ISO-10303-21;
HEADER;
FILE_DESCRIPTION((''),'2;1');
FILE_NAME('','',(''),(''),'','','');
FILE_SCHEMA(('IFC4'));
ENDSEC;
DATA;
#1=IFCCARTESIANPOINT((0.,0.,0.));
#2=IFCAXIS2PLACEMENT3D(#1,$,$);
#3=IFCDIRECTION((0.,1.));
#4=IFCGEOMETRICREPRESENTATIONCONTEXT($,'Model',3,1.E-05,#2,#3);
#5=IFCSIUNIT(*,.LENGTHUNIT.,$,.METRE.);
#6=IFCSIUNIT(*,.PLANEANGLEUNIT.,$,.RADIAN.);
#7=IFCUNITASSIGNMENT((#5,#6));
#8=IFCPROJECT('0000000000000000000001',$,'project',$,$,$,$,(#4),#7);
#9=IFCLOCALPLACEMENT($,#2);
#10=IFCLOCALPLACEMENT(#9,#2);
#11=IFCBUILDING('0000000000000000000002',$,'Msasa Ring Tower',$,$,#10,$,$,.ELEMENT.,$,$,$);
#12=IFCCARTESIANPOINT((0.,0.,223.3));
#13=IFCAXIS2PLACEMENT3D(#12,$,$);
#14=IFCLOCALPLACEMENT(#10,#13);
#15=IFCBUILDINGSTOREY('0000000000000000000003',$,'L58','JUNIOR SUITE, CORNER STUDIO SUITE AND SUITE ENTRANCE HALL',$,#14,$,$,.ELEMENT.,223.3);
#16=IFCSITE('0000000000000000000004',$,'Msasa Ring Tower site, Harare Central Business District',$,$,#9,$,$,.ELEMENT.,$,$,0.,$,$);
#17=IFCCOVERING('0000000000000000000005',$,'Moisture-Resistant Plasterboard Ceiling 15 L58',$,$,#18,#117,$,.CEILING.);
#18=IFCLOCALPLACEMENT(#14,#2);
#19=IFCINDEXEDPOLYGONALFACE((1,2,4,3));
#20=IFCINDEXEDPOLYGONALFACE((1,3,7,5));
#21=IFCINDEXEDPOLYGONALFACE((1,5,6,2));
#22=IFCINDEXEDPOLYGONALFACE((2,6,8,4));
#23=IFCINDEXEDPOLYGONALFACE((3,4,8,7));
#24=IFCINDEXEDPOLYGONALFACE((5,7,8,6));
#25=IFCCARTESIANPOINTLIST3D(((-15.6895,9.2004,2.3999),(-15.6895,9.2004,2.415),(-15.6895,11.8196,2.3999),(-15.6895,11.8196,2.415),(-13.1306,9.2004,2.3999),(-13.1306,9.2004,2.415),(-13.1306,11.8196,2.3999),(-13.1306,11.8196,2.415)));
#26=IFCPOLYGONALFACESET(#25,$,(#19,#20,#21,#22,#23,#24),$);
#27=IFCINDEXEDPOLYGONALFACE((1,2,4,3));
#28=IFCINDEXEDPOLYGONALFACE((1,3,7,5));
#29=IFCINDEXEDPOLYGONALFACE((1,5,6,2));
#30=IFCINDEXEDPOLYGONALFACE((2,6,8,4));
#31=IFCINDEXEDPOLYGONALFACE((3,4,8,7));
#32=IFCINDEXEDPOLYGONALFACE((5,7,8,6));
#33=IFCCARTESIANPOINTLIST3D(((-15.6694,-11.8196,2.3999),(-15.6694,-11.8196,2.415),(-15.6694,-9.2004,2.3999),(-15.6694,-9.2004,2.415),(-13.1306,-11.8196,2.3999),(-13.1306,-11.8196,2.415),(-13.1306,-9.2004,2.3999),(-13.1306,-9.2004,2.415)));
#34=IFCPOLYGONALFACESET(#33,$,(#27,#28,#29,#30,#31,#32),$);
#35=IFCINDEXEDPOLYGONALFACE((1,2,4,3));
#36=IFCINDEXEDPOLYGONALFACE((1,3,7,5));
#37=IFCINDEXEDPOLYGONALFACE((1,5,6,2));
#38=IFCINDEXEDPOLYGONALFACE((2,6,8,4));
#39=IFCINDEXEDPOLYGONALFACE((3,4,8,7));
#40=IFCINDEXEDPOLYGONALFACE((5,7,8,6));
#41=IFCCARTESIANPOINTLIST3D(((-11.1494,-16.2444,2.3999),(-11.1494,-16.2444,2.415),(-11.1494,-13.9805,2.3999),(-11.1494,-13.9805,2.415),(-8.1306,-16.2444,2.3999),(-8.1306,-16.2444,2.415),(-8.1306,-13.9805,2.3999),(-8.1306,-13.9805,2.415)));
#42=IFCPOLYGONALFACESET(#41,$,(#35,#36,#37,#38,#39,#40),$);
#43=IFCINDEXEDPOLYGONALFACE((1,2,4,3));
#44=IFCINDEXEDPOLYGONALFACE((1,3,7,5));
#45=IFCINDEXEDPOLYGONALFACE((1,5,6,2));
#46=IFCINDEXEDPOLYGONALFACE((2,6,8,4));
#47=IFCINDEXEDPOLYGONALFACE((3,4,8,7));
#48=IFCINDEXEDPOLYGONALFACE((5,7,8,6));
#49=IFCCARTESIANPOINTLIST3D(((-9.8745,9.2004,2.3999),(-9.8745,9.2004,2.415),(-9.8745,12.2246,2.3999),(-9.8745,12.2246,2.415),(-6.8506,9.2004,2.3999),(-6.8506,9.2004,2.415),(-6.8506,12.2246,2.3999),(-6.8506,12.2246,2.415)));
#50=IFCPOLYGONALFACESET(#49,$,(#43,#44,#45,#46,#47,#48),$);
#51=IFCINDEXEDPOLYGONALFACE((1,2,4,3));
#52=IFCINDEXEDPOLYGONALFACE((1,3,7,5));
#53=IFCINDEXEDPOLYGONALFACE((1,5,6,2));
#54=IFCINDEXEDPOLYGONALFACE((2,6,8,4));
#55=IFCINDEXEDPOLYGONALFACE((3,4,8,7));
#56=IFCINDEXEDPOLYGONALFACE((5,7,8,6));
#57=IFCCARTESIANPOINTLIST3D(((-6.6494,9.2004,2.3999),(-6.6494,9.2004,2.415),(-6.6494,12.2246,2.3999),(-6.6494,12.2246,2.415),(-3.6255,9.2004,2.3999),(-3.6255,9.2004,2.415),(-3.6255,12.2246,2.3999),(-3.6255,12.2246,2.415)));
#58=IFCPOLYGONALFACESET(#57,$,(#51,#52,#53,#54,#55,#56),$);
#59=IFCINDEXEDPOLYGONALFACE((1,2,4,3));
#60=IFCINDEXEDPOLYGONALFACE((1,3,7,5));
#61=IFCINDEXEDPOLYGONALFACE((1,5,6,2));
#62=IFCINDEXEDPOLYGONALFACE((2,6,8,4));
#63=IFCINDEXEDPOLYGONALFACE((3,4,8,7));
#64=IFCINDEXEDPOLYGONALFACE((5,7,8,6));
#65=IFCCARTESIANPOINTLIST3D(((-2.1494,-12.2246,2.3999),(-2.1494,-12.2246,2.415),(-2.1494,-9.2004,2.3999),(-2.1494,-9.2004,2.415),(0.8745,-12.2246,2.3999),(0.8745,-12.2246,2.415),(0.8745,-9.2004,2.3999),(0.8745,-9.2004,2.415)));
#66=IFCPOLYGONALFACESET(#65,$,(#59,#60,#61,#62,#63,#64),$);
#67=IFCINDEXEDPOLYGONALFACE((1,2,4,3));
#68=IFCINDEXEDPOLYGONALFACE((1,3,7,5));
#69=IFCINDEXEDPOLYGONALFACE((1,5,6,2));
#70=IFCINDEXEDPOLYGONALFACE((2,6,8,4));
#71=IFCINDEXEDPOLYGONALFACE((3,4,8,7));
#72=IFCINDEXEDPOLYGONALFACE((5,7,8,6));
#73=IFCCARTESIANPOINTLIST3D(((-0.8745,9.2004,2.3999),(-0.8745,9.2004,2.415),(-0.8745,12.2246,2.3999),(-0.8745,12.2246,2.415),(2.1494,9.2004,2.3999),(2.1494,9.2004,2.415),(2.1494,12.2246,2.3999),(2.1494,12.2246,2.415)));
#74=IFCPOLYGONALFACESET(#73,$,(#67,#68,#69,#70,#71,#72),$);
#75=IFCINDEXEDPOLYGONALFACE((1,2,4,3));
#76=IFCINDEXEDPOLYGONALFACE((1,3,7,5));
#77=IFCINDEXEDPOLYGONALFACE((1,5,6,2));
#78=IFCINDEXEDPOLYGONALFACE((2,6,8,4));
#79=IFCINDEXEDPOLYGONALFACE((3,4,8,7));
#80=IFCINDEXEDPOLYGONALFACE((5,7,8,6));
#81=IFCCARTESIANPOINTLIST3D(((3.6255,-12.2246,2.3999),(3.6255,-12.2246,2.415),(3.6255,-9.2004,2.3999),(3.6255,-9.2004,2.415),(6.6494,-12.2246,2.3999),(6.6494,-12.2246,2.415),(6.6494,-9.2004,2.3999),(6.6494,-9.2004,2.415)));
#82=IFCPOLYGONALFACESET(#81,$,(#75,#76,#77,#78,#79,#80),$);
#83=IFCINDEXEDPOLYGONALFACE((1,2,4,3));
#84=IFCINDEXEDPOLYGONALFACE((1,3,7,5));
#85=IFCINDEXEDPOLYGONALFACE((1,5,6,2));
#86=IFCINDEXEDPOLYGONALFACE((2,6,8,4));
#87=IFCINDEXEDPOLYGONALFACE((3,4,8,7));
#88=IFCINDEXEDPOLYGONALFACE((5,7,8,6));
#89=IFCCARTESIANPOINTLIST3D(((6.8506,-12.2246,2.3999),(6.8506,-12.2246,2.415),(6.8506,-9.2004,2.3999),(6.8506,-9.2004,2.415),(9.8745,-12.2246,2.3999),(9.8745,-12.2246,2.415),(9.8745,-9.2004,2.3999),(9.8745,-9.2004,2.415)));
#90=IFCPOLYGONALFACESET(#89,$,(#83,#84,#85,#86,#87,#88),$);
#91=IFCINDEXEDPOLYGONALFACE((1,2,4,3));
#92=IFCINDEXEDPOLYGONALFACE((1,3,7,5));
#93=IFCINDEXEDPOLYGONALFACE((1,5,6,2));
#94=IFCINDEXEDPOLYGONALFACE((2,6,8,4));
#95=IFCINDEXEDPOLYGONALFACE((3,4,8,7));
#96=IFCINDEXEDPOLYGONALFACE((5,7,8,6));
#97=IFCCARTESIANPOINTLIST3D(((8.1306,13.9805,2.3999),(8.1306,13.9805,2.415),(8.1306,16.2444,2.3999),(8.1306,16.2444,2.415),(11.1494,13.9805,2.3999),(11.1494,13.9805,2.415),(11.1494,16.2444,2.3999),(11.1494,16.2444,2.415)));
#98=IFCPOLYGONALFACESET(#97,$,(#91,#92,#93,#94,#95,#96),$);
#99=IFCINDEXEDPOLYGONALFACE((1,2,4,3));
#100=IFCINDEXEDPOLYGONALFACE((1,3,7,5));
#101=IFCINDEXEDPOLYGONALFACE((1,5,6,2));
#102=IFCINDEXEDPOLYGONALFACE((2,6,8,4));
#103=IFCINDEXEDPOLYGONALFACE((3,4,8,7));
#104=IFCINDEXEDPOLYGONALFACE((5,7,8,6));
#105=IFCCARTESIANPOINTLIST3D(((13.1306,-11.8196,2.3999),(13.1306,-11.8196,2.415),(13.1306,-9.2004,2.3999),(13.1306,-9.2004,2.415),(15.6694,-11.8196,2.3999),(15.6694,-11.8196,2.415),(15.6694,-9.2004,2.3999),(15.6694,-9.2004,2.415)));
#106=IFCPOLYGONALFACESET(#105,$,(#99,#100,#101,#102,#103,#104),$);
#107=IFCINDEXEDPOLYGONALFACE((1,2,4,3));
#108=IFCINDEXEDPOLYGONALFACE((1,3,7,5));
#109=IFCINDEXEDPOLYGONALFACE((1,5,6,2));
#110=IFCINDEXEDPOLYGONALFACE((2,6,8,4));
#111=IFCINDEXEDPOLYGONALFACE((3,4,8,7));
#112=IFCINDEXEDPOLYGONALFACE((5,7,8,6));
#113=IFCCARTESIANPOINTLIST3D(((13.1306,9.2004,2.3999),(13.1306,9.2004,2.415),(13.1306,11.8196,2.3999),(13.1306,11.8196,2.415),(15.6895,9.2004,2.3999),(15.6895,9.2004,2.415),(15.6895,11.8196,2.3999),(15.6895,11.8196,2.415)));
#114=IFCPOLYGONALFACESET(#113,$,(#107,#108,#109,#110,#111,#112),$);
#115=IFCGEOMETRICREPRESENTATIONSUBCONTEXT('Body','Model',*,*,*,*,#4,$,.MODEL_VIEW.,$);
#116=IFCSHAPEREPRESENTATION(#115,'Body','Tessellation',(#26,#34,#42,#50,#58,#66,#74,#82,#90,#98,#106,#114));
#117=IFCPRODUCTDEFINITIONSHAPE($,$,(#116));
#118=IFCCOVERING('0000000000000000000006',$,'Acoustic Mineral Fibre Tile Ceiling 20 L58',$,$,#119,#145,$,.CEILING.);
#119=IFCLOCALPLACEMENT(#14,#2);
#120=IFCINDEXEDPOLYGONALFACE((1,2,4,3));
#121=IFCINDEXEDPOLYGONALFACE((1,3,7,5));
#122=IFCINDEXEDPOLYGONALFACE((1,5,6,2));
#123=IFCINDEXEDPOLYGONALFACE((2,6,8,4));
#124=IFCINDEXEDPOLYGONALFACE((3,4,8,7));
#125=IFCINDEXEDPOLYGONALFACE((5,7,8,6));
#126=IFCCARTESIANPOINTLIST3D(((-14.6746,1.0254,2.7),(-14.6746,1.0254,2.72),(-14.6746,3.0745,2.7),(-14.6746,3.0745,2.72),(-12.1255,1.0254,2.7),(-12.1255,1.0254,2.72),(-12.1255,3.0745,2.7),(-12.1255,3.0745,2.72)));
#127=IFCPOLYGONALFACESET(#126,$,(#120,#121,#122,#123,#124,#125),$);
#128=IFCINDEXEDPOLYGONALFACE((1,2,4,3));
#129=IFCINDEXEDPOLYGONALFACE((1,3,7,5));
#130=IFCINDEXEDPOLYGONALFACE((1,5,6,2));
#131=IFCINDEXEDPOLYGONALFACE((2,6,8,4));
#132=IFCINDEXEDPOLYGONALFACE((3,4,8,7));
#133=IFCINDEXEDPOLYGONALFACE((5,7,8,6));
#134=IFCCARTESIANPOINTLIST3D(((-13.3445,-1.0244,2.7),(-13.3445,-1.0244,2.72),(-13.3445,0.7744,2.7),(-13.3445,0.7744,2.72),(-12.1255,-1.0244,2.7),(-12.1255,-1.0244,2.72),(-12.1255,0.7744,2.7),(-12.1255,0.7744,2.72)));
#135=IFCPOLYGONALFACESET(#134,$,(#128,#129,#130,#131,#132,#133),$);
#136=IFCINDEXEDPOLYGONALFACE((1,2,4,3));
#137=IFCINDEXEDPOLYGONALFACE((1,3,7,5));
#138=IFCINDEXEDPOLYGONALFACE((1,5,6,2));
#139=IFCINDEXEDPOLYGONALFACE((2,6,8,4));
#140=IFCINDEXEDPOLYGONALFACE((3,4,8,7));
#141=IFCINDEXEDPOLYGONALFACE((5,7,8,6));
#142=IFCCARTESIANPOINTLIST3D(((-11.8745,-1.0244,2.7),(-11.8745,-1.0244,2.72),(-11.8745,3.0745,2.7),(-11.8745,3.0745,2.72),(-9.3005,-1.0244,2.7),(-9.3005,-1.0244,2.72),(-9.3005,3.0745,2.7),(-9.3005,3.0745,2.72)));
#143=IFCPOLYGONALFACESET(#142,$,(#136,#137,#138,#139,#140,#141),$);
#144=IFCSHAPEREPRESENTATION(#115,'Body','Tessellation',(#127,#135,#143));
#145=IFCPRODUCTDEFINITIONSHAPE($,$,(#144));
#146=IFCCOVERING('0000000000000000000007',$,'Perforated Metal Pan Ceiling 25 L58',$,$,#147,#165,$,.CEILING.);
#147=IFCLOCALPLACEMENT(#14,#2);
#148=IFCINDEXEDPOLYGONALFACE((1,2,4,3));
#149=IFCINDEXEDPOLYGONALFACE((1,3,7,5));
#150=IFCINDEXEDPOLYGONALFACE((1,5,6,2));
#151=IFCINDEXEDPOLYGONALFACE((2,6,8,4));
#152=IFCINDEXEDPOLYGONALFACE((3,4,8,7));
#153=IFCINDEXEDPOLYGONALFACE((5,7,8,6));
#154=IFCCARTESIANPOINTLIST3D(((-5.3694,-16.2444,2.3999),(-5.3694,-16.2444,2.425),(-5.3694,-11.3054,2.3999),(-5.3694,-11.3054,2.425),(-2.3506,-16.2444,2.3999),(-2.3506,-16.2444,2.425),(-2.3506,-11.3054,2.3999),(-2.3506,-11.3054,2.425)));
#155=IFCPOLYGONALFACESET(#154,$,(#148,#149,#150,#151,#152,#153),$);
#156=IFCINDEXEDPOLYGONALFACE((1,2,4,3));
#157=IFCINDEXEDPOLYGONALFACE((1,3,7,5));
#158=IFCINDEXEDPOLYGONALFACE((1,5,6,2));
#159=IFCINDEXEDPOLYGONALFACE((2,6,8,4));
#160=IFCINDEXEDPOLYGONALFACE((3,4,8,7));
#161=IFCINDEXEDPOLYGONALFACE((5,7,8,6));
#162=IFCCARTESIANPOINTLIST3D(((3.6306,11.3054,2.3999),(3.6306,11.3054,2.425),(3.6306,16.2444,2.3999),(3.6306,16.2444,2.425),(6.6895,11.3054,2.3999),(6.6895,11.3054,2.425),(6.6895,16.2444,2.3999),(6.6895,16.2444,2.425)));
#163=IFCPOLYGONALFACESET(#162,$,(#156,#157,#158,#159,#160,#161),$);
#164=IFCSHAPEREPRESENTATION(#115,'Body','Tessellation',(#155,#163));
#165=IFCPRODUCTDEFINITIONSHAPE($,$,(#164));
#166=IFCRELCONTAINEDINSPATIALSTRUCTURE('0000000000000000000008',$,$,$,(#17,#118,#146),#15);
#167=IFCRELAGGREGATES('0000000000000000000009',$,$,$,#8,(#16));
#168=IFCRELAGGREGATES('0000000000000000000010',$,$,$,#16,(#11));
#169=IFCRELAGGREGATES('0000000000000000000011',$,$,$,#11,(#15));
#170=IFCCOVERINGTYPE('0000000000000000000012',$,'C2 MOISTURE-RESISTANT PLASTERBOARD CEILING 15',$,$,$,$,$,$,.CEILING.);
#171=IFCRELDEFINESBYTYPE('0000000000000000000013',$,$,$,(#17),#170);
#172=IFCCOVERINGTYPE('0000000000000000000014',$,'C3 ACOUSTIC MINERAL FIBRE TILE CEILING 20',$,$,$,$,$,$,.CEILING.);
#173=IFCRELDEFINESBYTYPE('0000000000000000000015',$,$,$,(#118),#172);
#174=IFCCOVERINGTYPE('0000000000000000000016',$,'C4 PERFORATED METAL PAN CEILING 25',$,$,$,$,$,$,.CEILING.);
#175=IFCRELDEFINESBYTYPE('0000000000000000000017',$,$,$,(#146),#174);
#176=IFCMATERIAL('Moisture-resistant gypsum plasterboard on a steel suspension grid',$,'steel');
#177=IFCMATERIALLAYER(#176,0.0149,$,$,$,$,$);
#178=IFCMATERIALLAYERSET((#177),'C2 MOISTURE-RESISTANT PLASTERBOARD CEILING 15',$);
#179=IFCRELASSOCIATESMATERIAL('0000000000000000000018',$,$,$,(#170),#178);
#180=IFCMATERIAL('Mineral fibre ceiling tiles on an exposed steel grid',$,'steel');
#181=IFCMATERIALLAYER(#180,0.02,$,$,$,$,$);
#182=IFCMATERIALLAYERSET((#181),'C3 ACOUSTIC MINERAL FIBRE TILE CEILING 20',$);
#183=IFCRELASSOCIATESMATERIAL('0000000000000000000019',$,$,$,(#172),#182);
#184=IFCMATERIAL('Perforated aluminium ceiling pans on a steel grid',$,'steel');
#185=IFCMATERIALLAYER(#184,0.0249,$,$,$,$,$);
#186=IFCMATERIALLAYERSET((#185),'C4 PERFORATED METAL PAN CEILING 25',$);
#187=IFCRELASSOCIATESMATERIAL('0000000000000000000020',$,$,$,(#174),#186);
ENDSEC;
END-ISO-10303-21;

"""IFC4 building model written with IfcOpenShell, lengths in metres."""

from ifc_helpers import new_model, si_unit, direction, frame, origin, place, context, subcontext, project, spatial, line, indexed_curve, outline, extrude, material, layer, layer_set, type_object, element, save


model = new_model("IFC4")

# Units and contexts
model_context = context("Model", 3, precision=1e-05, world=origin(), true_north=direction((0.0, 1.0)))
body_context = subcontext(model_context, "Body", "Model", "MODEL_VIEW")
ifc_project = project(units=[si_unit("LENGTHUNIT", "METRE"), si_unit("PLANEANGLEUNIT", "RADIAN")], contexts=[model_context])

# Site, building, storey
site_placement = place(None, origin())
site = spatial("IfcSite", under=ifc_project, at=site_placement, Name="Msasa Ring Tower site, Harare Central Business District", CompositionType="ELEMENT", RefElevation=0.0)
building_placement = place(site_placement, origin())
building = spatial("IfcBuilding", under=site, at=building_placement, Name="Msasa Ring Tower", CompositionType="ELEMENT")
storey_placement = place(building_placement, frame((0.0, 0.0, 223.3)))
storey = spatial("IfcBuildingStorey", under=building, at=storey_placement, Name="L58", Description="JUNIOR SUITE, CORNER STUDIO SUITE AND SUITE ENTRANCE HALL", CompositionType="ELEMENT", Elevation=223.3)

# Coverings
ifc_material_1 = material(Name="Moisture-resistant gypsum plasterboard on a steel suspension grid", Category="steel")
ifc_layer_1 = layer(ifc_material_1, 0.0149)
ifc_layer_set_1 = layer_set([ifc_layer_1], Name="C2 MOISTURE-RESISTANT PLASTERBOARD CEILING 15")
covering_type_1 = type_object("IfcCoveringType", Name="C2 MOISTURE-RESISTANT PLASTERBOARD CEILING 15", PredefinedType="CEILING", material=ifc_layer_set_1)
covering_1_placement = place(storey_placement, frame((0.0, 0.0, 2.3999)))
element("IfcCovering", 1, at=covering_1_placement, inside=storey, type_object=covering_type_1, Name="Moisture-Resistant Plasterboard Ceiling 15 L58", PredefinedType="CEILING", context=body_context, shape_type="SweptSolid", body=[
    extrude(outline(indexed_curve([(-15.6895, 9.2004), (-15.6895, 11.8196), (-13.1306, 11.8196), (-13.1306, 9.2004)], segments=[line(1, 2, 3, 4, 1)], self_intersect=False)), origin(), (0.0, 0.0, 1.0), 0.0151),
    extrude(outline(indexed_curve([(-15.6694, -9.2004), (-13.1306, -9.2004), (-13.1306, -11.8196), (-15.6694, -11.8196)], segments=[line(1, 2, 3, 4, 1)], self_intersect=False)), origin(), (0.0, 0.0, 1.0), 0.0151),
    extrude(outline(indexed_curve([(-11.1494, -16.2444), (-11.1494, -13.9805), (-8.1306, -13.9805), (-8.1306, -16.2444)], segments=[line(1, 2, 3, 4, 1)], self_intersect=False)), origin(), (0.0, 0.0, 1.0), 0.0151),
    extrude(outline(indexed_curve([(-9.8745, 9.2004), (-9.8745, 12.2246), (-6.8506, 12.2246), (-6.8506, 9.2004)], segments=[line(1, 2, 3, 4, 1)], self_intersect=False)), origin(), (0.0, 0.0, 1.0), 0.0151),
    extrude(outline(indexed_curve([(-6.6494, 9.2004), (-6.6494, 12.2246), (-3.6255, 12.2246), (-3.6255, 9.2004)], segments=[line(1, 2, 3, 4, 1)], self_intersect=False)), origin(), (0.0, 0.0, 1.0), 0.0151),
    extrude(outline(indexed_curve([(-2.1494, -9.2004), (0.8745, -9.2004), (0.8745, -12.2246), (-2.1494, -12.2246)], segments=[line(1, 2, 3, 4, 1)], self_intersect=False)), origin(), (0.0, 0.0, 1.0), 0.0151),
    extrude(outline(indexed_curve([(2.1494, 9.2004), (-0.8745, 9.2004), (-0.8745, 12.2246), (2.1494, 12.2246)], segments=[line(1, 2, 3, 4, 1)], self_intersect=False)), origin(), (0.0, 0.0, 1.0), 0.0151),
    extrude(outline(indexed_curve([(6.6494, -9.2004), (6.6494, -12.2246), (3.6255, -12.2246), (3.6255, -9.2004)], segments=[line(1, 2, 3, 4, 1)], self_intersect=False)), origin(), (0.0, 0.0, 1.0), 0.0151),
    extrude(outline(indexed_curve([(9.8745, -9.2004), (9.8745, -12.2246), (6.8506, -12.2246), (6.8506, -9.2004)], segments=[line(1, 2, 3, 4, 1)], self_intersect=False)), origin(), (0.0, 0.0, 1.0), 0.0151),
    extrude(outline(indexed_curve([(8.1306, 16.2444), (11.1494, 16.2444), (11.1494, 13.9805), (8.1306, 13.9805)], segments=[line(1, 2, 3, 4, 1)], self_intersect=False)), origin(), (0.0, 0.0, 1.0), 0.0151),
    extrude(outline(indexed_curve([(13.1306, -9.2004), (15.6694, -9.2004), (15.6694, -11.8196), (13.1306, -11.8196)], segments=[line(1, 2, 3, 4, 1)], self_intersect=False)), origin(), (0.0, 0.0, 1.0), 0.0151),
    extrude(outline(indexed_curve([(13.1306, 9.2004), (13.1306, 11.8196), (15.6895, 11.8196), (15.6895, 9.2004)], segments=[line(1, 2, 3, 4, 1)], self_intersect=False)), origin(), (0.0, 0.0, 1.0), 0.0151),
])
ifc_material_2 = material(Name="Mineral fibre ceiling tiles on an exposed steel grid", Category="steel")
ifc_layer_2 = layer(ifc_material_2, 0.02)
ifc_layer_set_2 = layer_set([ifc_layer_2], Name="C3 ACOUSTIC MINERAL FIBRE TILE CEILING 20")
covering_type_2 = type_object("IfcCoveringType", Name="C3 ACOUSTIC MINERAL FIBRE TILE CEILING 20", PredefinedType="CEILING", material=ifc_layer_set_2)
covering_2_placement = place(storey_placement, frame((0.0, 0.0, 2.7)))
element("IfcCovering", 2, at=covering_2_placement, inside=storey, type_object=covering_type_2, Name="Acoustic Mineral Fibre Tile Ceiling 20 L58", PredefinedType="CEILING", context=body_context, shape_type="SweptSolid", body=[
    extrude(outline(indexed_curve([(-12.1255, 1.0254), (-14.6746, 1.0254), (-14.6746, 3.0745), (-12.1255, 3.0745)], segments=[line(1, 2, 3, 4, 1)], self_intersect=False)), origin(), (0.0, 0.0, 1.0), 0.02),
    extrude(outline(indexed_curve([(-12.1255, -1.0244), (-13.3445, -1.0244), (-13.3445, 0.7744), (-12.1255, 0.7744)], segments=[line(1, 2, 3, 4, 1)], self_intersect=False)), origin(), (0.0, 0.0, 1.0), 0.02),
    extrude(outline(indexed_curve([(-9.3005, -1.0244), (-11.8745, -1.0244), (-11.8745, 3.0745), (-9.3005, 3.0745)], segments=[line(1, 2, 3, 4, 1)], self_intersect=False)), origin(), (0.0, 0.0, 1.0), 0.02),
])
ifc_material_3 = material(Name="Perforated aluminium ceiling pans on a steel grid", Category="steel")
ifc_layer_3 = layer(ifc_material_3, 0.0249)
ifc_layer_set_3 = layer_set([ifc_layer_3], Name="C4 PERFORATED METAL PAN CEILING 25")
covering_type_3 = type_object("IfcCoveringType", Name="C4 PERFORATED METAL PAN CEILING 25", PredefinedType="CEILING", material=ifc_layer_set_3)
covering_3_placement = place(storey_placement, frame((0.0, 0.0, 2.3999)))
element("IfcCovering", 3, at=covering_3_placement, inside=storey, type_object=covering_type_3, Name="Perforated Metal Pan Ceiling 25 L58", PredefinedType="CEILING", context=body_context, shape_type="SweptSolid", body=[
    extrude(outline(indexed_curve([(-2.3506, -11.3054), (-2.3506, -16.2444), (-5.3694, -16.2444), (-5.3694, -11.3054)], segments=[line(1, 2, 3, 4, 1)], self_intersect=False)), origin(), (0.0, 0.0, 1.0), 0.0251),
    extrude(outline(indexed_curve([(6.6895, 16.2444), (6.6895, 11.3054), (3.6306, 11.3054), (3.6306, 16.2444)], segments=[line(1, 2, 3, 4, 1)], self_intersect=False)), origin(), (0.0, 0.0, 1.0), 0.0251),
])

save(model, "model.ifc")
